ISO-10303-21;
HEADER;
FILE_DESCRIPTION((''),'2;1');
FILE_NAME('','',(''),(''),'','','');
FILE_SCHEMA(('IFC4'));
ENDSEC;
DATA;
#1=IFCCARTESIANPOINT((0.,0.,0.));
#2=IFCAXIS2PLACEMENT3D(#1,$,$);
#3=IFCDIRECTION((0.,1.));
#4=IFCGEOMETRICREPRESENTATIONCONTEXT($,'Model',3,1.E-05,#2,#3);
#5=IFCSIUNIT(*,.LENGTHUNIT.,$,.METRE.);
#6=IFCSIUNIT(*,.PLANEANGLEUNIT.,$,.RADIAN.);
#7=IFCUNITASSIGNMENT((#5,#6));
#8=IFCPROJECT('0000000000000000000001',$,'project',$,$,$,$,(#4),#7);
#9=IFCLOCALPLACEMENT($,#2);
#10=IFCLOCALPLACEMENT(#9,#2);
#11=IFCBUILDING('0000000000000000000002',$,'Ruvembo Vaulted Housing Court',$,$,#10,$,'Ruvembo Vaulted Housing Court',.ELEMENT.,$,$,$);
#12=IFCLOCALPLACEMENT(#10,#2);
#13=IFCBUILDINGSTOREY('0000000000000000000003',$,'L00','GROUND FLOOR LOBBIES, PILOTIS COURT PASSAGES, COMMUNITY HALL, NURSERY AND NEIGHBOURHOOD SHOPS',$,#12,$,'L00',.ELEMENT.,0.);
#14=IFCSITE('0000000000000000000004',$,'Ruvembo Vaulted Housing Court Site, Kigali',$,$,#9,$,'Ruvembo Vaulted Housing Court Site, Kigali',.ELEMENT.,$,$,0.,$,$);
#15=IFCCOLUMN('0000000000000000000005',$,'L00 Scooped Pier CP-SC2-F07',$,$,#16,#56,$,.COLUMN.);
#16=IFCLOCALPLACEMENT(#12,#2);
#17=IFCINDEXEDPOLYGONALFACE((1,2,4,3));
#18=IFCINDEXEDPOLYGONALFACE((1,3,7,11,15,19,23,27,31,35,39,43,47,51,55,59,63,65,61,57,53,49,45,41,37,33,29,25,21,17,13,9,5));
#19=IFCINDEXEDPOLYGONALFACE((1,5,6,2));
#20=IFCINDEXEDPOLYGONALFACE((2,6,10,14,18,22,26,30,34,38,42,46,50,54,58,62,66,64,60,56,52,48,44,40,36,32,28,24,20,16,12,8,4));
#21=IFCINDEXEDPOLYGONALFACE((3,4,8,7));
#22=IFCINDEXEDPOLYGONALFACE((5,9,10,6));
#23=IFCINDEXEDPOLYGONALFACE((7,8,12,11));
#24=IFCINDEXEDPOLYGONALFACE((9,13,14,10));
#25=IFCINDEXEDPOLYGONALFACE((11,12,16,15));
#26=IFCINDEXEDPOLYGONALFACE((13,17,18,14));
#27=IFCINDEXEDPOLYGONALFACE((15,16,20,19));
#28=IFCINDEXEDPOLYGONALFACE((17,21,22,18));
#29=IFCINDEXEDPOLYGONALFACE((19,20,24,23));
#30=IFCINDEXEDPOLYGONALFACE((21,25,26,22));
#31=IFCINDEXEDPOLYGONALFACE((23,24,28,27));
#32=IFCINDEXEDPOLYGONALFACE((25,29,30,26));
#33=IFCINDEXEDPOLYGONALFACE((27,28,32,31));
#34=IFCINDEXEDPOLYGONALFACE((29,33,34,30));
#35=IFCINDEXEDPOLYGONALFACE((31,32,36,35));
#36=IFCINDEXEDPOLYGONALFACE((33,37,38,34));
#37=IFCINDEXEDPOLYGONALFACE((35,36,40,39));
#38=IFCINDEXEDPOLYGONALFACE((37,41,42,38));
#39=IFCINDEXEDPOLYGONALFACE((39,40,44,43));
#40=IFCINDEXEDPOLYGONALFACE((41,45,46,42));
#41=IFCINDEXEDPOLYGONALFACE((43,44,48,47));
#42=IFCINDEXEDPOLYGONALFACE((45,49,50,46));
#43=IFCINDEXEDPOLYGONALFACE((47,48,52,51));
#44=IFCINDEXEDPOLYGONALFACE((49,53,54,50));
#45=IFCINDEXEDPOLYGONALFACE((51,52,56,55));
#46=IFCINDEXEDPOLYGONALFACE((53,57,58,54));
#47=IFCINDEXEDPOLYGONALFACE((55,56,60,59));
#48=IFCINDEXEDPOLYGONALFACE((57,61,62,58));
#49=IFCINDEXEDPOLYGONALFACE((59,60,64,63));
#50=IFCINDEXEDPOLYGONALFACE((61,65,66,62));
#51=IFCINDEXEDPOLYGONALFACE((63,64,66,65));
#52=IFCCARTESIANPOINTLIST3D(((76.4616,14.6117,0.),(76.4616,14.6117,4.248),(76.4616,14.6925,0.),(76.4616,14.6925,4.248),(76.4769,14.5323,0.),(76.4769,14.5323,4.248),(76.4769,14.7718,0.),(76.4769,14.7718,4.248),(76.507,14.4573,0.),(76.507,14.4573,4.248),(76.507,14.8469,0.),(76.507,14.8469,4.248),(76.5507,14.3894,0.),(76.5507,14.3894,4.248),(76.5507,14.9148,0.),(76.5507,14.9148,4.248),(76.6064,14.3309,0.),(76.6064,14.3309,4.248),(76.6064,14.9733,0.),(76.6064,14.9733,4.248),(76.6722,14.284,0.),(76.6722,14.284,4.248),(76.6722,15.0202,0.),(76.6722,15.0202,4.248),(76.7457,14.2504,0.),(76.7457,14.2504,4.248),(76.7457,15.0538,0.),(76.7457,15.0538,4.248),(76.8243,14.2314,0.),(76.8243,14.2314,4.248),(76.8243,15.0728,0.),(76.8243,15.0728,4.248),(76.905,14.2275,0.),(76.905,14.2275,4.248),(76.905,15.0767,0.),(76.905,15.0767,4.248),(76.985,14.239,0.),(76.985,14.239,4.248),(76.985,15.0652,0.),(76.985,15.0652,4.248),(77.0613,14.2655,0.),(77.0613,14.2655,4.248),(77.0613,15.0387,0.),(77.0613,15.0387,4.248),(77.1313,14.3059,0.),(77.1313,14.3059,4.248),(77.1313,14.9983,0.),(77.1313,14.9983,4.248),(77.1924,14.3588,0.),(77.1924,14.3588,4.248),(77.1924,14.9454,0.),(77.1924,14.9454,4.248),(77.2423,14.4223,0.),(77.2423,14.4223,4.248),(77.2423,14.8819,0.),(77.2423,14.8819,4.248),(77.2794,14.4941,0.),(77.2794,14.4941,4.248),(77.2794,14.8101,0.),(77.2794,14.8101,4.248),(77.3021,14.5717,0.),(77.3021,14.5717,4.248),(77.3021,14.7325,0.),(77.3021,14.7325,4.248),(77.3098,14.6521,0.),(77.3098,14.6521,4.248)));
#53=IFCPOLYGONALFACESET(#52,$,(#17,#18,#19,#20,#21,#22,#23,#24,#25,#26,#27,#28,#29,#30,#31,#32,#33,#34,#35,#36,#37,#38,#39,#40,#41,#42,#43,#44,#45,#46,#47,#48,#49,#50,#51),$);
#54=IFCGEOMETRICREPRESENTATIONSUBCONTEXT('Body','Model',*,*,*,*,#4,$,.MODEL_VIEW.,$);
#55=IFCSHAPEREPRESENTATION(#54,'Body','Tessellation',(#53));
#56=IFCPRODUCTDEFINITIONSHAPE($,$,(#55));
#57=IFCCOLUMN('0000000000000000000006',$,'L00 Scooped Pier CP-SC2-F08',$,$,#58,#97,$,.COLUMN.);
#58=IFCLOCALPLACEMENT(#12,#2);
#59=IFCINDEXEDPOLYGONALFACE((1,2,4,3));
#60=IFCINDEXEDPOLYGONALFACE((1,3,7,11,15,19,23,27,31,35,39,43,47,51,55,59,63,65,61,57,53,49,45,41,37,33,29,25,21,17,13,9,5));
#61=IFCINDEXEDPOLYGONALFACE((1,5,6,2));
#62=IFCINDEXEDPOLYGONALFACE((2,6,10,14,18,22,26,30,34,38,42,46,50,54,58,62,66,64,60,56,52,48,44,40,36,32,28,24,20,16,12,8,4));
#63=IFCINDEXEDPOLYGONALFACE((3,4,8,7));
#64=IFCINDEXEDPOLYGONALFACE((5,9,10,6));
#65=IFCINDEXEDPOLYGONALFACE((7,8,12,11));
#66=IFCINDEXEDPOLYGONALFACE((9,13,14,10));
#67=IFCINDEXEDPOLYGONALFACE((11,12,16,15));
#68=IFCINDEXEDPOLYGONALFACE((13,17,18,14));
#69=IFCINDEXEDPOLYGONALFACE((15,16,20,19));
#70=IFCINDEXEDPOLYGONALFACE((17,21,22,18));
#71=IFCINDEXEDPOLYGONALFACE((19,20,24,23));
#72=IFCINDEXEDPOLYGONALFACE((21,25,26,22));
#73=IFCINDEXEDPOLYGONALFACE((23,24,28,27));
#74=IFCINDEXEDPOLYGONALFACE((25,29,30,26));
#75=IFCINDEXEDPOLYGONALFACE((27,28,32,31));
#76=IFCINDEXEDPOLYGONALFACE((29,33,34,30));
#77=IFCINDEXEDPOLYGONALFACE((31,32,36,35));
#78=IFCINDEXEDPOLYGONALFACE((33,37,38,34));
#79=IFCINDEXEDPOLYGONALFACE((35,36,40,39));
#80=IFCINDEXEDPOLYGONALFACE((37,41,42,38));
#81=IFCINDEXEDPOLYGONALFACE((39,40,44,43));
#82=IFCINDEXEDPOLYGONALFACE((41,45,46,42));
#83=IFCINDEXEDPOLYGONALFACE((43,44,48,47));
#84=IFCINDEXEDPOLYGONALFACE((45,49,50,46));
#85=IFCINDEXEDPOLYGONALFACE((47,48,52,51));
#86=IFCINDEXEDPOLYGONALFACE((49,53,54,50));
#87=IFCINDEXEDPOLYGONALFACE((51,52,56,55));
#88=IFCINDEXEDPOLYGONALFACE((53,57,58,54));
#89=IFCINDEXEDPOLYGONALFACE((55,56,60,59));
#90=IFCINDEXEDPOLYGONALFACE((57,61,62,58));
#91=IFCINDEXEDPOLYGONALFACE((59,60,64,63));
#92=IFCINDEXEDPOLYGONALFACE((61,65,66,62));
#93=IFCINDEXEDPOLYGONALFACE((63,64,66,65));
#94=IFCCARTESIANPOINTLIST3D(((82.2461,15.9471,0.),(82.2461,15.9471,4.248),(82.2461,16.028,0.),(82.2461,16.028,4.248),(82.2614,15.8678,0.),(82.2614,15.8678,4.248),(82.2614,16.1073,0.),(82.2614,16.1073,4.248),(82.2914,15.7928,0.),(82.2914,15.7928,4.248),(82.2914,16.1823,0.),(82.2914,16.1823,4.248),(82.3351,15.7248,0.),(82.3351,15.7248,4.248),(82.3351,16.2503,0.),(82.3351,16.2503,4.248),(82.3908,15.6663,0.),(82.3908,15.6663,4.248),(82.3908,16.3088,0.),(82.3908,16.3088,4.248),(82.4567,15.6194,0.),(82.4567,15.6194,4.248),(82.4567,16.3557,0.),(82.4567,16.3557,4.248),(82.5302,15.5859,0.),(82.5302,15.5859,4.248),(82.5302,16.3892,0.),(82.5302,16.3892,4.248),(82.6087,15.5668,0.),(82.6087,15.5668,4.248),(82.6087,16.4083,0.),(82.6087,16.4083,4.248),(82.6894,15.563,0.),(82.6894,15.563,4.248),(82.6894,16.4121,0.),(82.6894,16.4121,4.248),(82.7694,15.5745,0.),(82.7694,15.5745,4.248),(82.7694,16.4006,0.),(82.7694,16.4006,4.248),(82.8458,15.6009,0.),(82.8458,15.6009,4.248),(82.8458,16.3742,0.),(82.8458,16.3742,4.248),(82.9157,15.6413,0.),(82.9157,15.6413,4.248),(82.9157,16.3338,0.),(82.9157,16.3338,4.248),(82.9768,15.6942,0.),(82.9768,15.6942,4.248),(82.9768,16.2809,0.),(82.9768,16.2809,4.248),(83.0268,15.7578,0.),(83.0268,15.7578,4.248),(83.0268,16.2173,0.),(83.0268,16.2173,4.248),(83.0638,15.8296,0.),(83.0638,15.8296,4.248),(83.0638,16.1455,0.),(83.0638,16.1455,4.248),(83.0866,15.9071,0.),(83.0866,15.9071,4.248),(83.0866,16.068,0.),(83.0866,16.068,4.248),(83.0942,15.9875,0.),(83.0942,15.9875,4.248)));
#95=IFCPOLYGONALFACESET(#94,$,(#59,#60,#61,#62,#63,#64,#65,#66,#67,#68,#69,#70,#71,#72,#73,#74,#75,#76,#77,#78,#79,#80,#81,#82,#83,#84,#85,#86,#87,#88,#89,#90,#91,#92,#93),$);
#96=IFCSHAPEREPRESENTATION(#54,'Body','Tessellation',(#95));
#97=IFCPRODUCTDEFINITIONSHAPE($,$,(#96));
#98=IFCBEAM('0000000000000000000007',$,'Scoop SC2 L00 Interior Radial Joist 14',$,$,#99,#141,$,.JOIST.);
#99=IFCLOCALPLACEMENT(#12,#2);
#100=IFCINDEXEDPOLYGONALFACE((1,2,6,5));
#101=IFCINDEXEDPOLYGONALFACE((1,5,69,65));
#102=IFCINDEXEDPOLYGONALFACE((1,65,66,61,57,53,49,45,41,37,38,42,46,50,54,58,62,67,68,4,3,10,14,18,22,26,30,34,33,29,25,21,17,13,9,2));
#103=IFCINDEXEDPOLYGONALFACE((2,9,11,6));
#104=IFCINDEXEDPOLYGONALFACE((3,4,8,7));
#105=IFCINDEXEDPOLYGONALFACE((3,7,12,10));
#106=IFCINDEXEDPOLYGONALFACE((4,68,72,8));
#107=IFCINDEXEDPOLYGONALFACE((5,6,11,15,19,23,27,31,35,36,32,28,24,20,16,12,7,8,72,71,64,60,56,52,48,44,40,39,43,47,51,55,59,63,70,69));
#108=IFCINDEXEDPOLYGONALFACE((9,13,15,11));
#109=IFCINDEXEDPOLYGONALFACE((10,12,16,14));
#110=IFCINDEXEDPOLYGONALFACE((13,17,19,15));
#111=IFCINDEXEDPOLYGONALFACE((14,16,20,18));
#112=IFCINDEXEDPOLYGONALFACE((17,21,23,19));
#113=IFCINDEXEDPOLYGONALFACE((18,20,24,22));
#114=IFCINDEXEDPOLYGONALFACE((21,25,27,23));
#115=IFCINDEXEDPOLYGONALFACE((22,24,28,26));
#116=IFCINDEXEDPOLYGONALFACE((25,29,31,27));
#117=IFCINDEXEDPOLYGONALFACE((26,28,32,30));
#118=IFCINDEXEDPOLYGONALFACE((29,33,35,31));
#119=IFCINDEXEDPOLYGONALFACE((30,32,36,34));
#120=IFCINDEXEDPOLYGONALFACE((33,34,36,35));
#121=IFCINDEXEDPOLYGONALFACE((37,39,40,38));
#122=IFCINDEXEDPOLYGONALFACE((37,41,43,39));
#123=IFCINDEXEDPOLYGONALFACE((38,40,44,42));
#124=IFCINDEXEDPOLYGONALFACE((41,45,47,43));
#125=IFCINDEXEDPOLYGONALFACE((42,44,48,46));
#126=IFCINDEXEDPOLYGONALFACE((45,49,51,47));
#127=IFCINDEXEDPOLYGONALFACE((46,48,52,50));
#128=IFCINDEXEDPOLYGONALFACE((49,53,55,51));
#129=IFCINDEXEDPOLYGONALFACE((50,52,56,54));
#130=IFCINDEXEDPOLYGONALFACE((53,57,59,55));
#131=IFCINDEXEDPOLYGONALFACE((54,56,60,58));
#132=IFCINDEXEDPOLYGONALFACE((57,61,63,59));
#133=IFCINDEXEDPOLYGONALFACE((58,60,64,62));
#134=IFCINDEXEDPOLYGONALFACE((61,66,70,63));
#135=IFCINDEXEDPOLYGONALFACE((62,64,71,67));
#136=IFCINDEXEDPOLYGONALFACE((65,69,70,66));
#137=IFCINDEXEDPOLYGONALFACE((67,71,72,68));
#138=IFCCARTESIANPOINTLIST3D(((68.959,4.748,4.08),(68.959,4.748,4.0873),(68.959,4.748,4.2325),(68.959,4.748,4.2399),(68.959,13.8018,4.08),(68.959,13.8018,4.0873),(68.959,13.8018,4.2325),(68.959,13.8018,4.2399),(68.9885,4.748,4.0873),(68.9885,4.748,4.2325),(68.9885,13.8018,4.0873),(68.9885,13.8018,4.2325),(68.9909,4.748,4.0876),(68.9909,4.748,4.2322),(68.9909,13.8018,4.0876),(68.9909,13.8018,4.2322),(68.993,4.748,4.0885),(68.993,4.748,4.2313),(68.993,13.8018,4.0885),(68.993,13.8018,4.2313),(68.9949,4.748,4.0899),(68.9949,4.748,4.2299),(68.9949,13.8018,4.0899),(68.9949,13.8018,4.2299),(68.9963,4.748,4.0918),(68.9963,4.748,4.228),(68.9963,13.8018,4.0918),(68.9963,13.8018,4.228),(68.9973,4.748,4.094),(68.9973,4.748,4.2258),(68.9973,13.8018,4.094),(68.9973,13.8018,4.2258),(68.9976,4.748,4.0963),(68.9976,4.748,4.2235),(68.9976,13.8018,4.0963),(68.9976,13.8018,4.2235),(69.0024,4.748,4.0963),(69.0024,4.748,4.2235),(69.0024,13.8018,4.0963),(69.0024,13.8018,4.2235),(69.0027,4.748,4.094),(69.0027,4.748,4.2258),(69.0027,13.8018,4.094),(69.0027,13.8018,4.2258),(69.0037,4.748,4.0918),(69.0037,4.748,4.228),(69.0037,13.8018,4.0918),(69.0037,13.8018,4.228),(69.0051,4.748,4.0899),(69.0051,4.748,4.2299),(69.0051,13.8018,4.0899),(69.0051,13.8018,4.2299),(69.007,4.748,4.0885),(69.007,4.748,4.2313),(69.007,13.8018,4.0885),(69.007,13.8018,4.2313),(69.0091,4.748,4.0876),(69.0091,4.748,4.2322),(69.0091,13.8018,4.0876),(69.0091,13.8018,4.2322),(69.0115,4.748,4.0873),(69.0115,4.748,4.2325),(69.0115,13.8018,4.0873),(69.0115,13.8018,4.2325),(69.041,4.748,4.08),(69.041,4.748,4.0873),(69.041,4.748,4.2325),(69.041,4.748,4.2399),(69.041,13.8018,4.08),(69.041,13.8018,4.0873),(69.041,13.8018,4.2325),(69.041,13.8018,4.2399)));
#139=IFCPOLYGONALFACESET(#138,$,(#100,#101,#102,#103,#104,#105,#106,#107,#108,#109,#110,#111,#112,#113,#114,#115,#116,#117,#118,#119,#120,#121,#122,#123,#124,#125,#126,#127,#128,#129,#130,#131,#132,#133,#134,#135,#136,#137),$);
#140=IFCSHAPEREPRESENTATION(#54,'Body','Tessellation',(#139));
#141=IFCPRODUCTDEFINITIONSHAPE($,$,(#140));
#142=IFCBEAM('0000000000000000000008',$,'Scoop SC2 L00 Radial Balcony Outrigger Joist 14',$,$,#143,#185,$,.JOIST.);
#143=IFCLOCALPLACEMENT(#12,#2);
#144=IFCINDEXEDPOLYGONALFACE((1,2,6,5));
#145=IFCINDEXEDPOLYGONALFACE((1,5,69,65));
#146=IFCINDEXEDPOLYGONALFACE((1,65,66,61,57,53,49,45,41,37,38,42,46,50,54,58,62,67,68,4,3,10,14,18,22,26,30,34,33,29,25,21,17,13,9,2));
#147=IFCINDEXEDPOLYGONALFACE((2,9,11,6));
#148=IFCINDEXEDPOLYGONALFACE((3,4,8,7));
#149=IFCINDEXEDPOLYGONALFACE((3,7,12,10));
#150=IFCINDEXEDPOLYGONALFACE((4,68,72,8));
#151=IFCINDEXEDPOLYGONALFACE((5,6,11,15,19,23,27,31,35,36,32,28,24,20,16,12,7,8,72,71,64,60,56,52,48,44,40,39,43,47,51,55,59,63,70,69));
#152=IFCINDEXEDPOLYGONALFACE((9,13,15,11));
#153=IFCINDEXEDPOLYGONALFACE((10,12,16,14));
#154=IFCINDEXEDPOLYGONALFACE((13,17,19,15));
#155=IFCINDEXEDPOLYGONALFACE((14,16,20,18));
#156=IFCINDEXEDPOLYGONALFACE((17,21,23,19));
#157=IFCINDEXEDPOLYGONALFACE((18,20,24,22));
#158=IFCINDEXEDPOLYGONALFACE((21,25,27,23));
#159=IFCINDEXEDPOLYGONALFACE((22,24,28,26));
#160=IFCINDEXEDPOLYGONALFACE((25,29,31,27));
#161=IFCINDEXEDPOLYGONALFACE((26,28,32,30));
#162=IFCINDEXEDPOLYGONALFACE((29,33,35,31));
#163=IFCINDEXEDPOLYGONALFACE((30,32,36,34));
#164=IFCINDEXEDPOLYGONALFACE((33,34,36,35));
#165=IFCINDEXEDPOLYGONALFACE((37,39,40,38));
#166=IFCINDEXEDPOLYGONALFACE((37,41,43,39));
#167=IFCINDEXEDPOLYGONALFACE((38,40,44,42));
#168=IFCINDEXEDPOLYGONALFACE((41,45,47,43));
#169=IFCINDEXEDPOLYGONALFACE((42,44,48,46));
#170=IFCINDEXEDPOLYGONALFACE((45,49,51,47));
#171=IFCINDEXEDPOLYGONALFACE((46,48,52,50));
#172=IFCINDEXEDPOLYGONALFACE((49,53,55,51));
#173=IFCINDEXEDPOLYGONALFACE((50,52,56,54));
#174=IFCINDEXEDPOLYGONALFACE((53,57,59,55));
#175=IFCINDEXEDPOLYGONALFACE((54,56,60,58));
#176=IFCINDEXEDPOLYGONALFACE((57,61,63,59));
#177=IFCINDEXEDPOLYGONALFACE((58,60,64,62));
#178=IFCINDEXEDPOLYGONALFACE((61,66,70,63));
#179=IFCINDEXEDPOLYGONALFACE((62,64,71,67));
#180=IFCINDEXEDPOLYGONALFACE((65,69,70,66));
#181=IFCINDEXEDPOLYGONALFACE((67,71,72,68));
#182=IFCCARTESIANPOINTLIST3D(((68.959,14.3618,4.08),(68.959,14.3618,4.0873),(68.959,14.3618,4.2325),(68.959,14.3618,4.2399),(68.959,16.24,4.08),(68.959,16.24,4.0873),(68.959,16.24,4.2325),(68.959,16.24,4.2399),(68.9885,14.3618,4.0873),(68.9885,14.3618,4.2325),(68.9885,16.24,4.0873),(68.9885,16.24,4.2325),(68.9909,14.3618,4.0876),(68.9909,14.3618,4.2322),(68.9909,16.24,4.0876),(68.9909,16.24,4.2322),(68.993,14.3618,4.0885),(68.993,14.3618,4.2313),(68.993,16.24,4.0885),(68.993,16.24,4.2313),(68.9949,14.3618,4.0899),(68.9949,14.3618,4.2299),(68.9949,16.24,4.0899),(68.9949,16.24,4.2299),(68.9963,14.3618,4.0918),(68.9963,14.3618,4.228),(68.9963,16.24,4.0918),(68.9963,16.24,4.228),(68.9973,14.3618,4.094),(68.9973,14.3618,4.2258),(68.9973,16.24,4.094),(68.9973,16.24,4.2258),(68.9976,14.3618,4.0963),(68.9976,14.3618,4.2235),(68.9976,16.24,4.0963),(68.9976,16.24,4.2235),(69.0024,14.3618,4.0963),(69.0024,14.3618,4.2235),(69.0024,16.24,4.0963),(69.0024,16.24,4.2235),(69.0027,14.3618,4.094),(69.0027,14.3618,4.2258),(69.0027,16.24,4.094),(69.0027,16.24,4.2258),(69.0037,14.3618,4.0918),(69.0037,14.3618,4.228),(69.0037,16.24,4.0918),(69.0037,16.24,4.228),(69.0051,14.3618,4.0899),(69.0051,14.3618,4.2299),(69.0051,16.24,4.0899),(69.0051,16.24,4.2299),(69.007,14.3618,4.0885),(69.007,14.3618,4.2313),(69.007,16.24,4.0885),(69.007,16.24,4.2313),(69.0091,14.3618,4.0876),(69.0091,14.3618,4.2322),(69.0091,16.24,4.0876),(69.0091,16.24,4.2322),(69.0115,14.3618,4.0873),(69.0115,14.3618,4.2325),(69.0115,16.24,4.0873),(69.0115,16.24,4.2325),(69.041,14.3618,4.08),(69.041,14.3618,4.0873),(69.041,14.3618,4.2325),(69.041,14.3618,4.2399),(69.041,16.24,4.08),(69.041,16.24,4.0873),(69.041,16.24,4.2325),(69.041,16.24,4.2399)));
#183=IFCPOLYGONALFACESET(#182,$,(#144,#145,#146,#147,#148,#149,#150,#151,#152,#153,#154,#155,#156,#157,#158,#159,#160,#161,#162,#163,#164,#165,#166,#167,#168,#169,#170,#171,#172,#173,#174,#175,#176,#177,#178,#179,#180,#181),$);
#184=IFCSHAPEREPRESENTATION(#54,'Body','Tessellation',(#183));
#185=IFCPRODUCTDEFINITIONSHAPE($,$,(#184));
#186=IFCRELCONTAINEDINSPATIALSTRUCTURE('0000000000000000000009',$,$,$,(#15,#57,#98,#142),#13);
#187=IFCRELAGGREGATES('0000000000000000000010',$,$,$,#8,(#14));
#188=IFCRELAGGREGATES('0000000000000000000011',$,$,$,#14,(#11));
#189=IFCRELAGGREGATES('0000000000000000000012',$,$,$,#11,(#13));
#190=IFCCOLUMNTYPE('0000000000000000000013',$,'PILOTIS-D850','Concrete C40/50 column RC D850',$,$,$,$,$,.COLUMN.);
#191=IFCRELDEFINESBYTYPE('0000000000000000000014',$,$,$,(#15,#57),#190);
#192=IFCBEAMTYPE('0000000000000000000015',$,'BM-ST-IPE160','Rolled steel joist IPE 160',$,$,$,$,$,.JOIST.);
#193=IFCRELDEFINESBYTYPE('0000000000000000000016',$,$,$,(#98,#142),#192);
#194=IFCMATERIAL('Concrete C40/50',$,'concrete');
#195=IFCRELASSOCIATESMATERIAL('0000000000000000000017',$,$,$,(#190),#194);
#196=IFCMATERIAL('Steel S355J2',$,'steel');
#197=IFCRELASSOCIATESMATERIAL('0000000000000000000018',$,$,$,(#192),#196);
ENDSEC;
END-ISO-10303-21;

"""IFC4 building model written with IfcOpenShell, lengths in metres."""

from ifc_helpers import new_model, si_unit, direction, frame, origin, origin_2d, place, context, subcontext, project, spatial, circle, i_section, extrude, material, material_profile, profile_set, type_object, element, save


model = new_model("IFC4")

# Units and contexts
model_context = context("Model", 3, precision=1e-05, world=origin(), true_north=direction((0.0, 1.0)))
body_context = subcontext(model_context, "Body", "Model", "MODEL_VIEW")
ifc_project = project(units=[si_unit("LENGTHUNIT", "METRE"), si_unit("PLANEANGLEUNIT", "RADIAN")], contexts=[model_context])

# Site, building, storey
site_placement = place(None, origin())
site = spatial("IfcSite", under=ifc_project, at=site_placement, Name="Ruvembo Vaulted Housing Court Site, Kigali", LongName="Ruvembo Vaulted Housing Court Site, Kigali", CompositionType="ELEMENT", RefElevation=0.0)
building_placement = place(site_placement, origin())
building = spatial("IfcBuilding", under=site, at=building_placement, Name="Ruvembo Vaulted Housing Court", LongName="Ruvembo Vaulted Housing Court", CompositionType="ELEMENT")
storey_placement = place(building_placement, origin())
storey = spatial("IfcBuildingStorey", under=building, at=storey_placement, Name="L00", Description="GROUND FLOOR LOBBIES, PILOTIS COURT PASSAGES, COMMUNITY HALL, NURSERY AND NEIGHBOURHOOD SHOPS", LongName="L00", CompositionType="ELEMENT", Elevation=0.0)

# Columns
ifc_material_1 = material(Name="Concrete C40/50", Category="concrete")
ifc_material_profile_1 = material_profile(ifc_material_1, circle(Radius=0.425, at=origin_2d()), Name="RC D850")
ifc_profile_set_1 = profile_set([ifc_material_profile_1], Name="Concrete C40/50")
column_type_1 = type_object("IfcColumnType", Name="PILOTIS-D850", Description="Concrete C40/50 column RC D850", PredefinedType="COLUMN", material=ifc_profile_set_1)
for number, where, z_axis, x_axis, name in (
    (1, (76.8848, 14.6521, 0.0), (0.0, 0.0, 1.0), (1.0, 0.0, 0.0), "L00 Scooped Pier CP-SC2-F07"),
    (2, (82.6692, 15.9875, 0.0), (0.0, 0.0, 1.0), (1.0, 0.0, 0.0), "L00 Scooped Pier CP-SC2-F08"),
):
    element("IfcColumn", number, at=place(storey_placement, frame(where, z_axis=z_axis, x_axis=x_axis)), inside=storey, type_object=column_type_1, Name=name, PredefinedType="COLUMN", context=body_context, shape_type="SweptSolid", body=[
        extrude(circle(Radius=0.425, at=origin_2d()), origin(), (0.0, 0.0, 1.0), 4.248),
    ])

# Beams
ifc_material_2 = material(Name="Steel S355J2", Category="steel")
ifc_material_profile_2 = material_profile(ifc_material_2, i_section(OverallWidth=0.082, OverallDepth=0.1599, WebThickness=0.0049, FlangeThickness=0.0073, FilletRadius=0.009, at=origin_2d()), Name="IPE 160")
ifc_profile_set_2 = profile_set([ifc_material_profile_2], Name="Steel S355J2")
beam_type_1 = type_object("IfcBeamType", Name="BM-ST-IPE160", Description="Rolled steel joist IPE 160", PredefinedType="JOIST", material=ifc_profile_set_2)
beam_1_placement = place(storey_placement, frame((69.0, 4.748, 4.1599), z_axis=(0.0, 1.0, 0.0), x_axis=(-1.0, 0.0, 0.0)))
element("IfcBeam", 3, at=beam_1_placement, inside=storey, type_object=beam_type_1, Name="Scoop SC2 L00 Interior Radial Joist 14", PredefinedType="JOIST", context=body_context, shape_type="SweptSolid", body=[
    extrude(i_section(OverallWidth=0.082, OverallDepth=0.1599, WebThickness=0.0049, FlangeThickness=0.0073, FilletRadius=0.009, at=origin_2d()), origin(), (0.0, 0.0, 1.0), 9.0537),
])
beam_2_placement = place(storey_placement, frame((69.0, 14.3618, 4.1599), z_axis=(0.0, 1.0, 0.0), x_axis=(-1.0, 0.0, 0.0)))
element("IfcBeam", 4, at=beam_2_placement, inside=storey, type_object=beam_type_1, Name="Scoop SC2 L00 Radial Balcony Outrigger Joist 14", PredefinedType="JOIST", context=body_context, shape_type="SweptSolid", body=[
    extrude(i_section(OverallWidth=0.082, OverallDepth=0.1599, WebThickness=0.0049, FlangeThickness=0.0073, FilletRadius=0.009, at=origin_2d()), origin(), (0.0, 0.0, 1.0), 1.8782),
])

save(model, "model.ifc")
